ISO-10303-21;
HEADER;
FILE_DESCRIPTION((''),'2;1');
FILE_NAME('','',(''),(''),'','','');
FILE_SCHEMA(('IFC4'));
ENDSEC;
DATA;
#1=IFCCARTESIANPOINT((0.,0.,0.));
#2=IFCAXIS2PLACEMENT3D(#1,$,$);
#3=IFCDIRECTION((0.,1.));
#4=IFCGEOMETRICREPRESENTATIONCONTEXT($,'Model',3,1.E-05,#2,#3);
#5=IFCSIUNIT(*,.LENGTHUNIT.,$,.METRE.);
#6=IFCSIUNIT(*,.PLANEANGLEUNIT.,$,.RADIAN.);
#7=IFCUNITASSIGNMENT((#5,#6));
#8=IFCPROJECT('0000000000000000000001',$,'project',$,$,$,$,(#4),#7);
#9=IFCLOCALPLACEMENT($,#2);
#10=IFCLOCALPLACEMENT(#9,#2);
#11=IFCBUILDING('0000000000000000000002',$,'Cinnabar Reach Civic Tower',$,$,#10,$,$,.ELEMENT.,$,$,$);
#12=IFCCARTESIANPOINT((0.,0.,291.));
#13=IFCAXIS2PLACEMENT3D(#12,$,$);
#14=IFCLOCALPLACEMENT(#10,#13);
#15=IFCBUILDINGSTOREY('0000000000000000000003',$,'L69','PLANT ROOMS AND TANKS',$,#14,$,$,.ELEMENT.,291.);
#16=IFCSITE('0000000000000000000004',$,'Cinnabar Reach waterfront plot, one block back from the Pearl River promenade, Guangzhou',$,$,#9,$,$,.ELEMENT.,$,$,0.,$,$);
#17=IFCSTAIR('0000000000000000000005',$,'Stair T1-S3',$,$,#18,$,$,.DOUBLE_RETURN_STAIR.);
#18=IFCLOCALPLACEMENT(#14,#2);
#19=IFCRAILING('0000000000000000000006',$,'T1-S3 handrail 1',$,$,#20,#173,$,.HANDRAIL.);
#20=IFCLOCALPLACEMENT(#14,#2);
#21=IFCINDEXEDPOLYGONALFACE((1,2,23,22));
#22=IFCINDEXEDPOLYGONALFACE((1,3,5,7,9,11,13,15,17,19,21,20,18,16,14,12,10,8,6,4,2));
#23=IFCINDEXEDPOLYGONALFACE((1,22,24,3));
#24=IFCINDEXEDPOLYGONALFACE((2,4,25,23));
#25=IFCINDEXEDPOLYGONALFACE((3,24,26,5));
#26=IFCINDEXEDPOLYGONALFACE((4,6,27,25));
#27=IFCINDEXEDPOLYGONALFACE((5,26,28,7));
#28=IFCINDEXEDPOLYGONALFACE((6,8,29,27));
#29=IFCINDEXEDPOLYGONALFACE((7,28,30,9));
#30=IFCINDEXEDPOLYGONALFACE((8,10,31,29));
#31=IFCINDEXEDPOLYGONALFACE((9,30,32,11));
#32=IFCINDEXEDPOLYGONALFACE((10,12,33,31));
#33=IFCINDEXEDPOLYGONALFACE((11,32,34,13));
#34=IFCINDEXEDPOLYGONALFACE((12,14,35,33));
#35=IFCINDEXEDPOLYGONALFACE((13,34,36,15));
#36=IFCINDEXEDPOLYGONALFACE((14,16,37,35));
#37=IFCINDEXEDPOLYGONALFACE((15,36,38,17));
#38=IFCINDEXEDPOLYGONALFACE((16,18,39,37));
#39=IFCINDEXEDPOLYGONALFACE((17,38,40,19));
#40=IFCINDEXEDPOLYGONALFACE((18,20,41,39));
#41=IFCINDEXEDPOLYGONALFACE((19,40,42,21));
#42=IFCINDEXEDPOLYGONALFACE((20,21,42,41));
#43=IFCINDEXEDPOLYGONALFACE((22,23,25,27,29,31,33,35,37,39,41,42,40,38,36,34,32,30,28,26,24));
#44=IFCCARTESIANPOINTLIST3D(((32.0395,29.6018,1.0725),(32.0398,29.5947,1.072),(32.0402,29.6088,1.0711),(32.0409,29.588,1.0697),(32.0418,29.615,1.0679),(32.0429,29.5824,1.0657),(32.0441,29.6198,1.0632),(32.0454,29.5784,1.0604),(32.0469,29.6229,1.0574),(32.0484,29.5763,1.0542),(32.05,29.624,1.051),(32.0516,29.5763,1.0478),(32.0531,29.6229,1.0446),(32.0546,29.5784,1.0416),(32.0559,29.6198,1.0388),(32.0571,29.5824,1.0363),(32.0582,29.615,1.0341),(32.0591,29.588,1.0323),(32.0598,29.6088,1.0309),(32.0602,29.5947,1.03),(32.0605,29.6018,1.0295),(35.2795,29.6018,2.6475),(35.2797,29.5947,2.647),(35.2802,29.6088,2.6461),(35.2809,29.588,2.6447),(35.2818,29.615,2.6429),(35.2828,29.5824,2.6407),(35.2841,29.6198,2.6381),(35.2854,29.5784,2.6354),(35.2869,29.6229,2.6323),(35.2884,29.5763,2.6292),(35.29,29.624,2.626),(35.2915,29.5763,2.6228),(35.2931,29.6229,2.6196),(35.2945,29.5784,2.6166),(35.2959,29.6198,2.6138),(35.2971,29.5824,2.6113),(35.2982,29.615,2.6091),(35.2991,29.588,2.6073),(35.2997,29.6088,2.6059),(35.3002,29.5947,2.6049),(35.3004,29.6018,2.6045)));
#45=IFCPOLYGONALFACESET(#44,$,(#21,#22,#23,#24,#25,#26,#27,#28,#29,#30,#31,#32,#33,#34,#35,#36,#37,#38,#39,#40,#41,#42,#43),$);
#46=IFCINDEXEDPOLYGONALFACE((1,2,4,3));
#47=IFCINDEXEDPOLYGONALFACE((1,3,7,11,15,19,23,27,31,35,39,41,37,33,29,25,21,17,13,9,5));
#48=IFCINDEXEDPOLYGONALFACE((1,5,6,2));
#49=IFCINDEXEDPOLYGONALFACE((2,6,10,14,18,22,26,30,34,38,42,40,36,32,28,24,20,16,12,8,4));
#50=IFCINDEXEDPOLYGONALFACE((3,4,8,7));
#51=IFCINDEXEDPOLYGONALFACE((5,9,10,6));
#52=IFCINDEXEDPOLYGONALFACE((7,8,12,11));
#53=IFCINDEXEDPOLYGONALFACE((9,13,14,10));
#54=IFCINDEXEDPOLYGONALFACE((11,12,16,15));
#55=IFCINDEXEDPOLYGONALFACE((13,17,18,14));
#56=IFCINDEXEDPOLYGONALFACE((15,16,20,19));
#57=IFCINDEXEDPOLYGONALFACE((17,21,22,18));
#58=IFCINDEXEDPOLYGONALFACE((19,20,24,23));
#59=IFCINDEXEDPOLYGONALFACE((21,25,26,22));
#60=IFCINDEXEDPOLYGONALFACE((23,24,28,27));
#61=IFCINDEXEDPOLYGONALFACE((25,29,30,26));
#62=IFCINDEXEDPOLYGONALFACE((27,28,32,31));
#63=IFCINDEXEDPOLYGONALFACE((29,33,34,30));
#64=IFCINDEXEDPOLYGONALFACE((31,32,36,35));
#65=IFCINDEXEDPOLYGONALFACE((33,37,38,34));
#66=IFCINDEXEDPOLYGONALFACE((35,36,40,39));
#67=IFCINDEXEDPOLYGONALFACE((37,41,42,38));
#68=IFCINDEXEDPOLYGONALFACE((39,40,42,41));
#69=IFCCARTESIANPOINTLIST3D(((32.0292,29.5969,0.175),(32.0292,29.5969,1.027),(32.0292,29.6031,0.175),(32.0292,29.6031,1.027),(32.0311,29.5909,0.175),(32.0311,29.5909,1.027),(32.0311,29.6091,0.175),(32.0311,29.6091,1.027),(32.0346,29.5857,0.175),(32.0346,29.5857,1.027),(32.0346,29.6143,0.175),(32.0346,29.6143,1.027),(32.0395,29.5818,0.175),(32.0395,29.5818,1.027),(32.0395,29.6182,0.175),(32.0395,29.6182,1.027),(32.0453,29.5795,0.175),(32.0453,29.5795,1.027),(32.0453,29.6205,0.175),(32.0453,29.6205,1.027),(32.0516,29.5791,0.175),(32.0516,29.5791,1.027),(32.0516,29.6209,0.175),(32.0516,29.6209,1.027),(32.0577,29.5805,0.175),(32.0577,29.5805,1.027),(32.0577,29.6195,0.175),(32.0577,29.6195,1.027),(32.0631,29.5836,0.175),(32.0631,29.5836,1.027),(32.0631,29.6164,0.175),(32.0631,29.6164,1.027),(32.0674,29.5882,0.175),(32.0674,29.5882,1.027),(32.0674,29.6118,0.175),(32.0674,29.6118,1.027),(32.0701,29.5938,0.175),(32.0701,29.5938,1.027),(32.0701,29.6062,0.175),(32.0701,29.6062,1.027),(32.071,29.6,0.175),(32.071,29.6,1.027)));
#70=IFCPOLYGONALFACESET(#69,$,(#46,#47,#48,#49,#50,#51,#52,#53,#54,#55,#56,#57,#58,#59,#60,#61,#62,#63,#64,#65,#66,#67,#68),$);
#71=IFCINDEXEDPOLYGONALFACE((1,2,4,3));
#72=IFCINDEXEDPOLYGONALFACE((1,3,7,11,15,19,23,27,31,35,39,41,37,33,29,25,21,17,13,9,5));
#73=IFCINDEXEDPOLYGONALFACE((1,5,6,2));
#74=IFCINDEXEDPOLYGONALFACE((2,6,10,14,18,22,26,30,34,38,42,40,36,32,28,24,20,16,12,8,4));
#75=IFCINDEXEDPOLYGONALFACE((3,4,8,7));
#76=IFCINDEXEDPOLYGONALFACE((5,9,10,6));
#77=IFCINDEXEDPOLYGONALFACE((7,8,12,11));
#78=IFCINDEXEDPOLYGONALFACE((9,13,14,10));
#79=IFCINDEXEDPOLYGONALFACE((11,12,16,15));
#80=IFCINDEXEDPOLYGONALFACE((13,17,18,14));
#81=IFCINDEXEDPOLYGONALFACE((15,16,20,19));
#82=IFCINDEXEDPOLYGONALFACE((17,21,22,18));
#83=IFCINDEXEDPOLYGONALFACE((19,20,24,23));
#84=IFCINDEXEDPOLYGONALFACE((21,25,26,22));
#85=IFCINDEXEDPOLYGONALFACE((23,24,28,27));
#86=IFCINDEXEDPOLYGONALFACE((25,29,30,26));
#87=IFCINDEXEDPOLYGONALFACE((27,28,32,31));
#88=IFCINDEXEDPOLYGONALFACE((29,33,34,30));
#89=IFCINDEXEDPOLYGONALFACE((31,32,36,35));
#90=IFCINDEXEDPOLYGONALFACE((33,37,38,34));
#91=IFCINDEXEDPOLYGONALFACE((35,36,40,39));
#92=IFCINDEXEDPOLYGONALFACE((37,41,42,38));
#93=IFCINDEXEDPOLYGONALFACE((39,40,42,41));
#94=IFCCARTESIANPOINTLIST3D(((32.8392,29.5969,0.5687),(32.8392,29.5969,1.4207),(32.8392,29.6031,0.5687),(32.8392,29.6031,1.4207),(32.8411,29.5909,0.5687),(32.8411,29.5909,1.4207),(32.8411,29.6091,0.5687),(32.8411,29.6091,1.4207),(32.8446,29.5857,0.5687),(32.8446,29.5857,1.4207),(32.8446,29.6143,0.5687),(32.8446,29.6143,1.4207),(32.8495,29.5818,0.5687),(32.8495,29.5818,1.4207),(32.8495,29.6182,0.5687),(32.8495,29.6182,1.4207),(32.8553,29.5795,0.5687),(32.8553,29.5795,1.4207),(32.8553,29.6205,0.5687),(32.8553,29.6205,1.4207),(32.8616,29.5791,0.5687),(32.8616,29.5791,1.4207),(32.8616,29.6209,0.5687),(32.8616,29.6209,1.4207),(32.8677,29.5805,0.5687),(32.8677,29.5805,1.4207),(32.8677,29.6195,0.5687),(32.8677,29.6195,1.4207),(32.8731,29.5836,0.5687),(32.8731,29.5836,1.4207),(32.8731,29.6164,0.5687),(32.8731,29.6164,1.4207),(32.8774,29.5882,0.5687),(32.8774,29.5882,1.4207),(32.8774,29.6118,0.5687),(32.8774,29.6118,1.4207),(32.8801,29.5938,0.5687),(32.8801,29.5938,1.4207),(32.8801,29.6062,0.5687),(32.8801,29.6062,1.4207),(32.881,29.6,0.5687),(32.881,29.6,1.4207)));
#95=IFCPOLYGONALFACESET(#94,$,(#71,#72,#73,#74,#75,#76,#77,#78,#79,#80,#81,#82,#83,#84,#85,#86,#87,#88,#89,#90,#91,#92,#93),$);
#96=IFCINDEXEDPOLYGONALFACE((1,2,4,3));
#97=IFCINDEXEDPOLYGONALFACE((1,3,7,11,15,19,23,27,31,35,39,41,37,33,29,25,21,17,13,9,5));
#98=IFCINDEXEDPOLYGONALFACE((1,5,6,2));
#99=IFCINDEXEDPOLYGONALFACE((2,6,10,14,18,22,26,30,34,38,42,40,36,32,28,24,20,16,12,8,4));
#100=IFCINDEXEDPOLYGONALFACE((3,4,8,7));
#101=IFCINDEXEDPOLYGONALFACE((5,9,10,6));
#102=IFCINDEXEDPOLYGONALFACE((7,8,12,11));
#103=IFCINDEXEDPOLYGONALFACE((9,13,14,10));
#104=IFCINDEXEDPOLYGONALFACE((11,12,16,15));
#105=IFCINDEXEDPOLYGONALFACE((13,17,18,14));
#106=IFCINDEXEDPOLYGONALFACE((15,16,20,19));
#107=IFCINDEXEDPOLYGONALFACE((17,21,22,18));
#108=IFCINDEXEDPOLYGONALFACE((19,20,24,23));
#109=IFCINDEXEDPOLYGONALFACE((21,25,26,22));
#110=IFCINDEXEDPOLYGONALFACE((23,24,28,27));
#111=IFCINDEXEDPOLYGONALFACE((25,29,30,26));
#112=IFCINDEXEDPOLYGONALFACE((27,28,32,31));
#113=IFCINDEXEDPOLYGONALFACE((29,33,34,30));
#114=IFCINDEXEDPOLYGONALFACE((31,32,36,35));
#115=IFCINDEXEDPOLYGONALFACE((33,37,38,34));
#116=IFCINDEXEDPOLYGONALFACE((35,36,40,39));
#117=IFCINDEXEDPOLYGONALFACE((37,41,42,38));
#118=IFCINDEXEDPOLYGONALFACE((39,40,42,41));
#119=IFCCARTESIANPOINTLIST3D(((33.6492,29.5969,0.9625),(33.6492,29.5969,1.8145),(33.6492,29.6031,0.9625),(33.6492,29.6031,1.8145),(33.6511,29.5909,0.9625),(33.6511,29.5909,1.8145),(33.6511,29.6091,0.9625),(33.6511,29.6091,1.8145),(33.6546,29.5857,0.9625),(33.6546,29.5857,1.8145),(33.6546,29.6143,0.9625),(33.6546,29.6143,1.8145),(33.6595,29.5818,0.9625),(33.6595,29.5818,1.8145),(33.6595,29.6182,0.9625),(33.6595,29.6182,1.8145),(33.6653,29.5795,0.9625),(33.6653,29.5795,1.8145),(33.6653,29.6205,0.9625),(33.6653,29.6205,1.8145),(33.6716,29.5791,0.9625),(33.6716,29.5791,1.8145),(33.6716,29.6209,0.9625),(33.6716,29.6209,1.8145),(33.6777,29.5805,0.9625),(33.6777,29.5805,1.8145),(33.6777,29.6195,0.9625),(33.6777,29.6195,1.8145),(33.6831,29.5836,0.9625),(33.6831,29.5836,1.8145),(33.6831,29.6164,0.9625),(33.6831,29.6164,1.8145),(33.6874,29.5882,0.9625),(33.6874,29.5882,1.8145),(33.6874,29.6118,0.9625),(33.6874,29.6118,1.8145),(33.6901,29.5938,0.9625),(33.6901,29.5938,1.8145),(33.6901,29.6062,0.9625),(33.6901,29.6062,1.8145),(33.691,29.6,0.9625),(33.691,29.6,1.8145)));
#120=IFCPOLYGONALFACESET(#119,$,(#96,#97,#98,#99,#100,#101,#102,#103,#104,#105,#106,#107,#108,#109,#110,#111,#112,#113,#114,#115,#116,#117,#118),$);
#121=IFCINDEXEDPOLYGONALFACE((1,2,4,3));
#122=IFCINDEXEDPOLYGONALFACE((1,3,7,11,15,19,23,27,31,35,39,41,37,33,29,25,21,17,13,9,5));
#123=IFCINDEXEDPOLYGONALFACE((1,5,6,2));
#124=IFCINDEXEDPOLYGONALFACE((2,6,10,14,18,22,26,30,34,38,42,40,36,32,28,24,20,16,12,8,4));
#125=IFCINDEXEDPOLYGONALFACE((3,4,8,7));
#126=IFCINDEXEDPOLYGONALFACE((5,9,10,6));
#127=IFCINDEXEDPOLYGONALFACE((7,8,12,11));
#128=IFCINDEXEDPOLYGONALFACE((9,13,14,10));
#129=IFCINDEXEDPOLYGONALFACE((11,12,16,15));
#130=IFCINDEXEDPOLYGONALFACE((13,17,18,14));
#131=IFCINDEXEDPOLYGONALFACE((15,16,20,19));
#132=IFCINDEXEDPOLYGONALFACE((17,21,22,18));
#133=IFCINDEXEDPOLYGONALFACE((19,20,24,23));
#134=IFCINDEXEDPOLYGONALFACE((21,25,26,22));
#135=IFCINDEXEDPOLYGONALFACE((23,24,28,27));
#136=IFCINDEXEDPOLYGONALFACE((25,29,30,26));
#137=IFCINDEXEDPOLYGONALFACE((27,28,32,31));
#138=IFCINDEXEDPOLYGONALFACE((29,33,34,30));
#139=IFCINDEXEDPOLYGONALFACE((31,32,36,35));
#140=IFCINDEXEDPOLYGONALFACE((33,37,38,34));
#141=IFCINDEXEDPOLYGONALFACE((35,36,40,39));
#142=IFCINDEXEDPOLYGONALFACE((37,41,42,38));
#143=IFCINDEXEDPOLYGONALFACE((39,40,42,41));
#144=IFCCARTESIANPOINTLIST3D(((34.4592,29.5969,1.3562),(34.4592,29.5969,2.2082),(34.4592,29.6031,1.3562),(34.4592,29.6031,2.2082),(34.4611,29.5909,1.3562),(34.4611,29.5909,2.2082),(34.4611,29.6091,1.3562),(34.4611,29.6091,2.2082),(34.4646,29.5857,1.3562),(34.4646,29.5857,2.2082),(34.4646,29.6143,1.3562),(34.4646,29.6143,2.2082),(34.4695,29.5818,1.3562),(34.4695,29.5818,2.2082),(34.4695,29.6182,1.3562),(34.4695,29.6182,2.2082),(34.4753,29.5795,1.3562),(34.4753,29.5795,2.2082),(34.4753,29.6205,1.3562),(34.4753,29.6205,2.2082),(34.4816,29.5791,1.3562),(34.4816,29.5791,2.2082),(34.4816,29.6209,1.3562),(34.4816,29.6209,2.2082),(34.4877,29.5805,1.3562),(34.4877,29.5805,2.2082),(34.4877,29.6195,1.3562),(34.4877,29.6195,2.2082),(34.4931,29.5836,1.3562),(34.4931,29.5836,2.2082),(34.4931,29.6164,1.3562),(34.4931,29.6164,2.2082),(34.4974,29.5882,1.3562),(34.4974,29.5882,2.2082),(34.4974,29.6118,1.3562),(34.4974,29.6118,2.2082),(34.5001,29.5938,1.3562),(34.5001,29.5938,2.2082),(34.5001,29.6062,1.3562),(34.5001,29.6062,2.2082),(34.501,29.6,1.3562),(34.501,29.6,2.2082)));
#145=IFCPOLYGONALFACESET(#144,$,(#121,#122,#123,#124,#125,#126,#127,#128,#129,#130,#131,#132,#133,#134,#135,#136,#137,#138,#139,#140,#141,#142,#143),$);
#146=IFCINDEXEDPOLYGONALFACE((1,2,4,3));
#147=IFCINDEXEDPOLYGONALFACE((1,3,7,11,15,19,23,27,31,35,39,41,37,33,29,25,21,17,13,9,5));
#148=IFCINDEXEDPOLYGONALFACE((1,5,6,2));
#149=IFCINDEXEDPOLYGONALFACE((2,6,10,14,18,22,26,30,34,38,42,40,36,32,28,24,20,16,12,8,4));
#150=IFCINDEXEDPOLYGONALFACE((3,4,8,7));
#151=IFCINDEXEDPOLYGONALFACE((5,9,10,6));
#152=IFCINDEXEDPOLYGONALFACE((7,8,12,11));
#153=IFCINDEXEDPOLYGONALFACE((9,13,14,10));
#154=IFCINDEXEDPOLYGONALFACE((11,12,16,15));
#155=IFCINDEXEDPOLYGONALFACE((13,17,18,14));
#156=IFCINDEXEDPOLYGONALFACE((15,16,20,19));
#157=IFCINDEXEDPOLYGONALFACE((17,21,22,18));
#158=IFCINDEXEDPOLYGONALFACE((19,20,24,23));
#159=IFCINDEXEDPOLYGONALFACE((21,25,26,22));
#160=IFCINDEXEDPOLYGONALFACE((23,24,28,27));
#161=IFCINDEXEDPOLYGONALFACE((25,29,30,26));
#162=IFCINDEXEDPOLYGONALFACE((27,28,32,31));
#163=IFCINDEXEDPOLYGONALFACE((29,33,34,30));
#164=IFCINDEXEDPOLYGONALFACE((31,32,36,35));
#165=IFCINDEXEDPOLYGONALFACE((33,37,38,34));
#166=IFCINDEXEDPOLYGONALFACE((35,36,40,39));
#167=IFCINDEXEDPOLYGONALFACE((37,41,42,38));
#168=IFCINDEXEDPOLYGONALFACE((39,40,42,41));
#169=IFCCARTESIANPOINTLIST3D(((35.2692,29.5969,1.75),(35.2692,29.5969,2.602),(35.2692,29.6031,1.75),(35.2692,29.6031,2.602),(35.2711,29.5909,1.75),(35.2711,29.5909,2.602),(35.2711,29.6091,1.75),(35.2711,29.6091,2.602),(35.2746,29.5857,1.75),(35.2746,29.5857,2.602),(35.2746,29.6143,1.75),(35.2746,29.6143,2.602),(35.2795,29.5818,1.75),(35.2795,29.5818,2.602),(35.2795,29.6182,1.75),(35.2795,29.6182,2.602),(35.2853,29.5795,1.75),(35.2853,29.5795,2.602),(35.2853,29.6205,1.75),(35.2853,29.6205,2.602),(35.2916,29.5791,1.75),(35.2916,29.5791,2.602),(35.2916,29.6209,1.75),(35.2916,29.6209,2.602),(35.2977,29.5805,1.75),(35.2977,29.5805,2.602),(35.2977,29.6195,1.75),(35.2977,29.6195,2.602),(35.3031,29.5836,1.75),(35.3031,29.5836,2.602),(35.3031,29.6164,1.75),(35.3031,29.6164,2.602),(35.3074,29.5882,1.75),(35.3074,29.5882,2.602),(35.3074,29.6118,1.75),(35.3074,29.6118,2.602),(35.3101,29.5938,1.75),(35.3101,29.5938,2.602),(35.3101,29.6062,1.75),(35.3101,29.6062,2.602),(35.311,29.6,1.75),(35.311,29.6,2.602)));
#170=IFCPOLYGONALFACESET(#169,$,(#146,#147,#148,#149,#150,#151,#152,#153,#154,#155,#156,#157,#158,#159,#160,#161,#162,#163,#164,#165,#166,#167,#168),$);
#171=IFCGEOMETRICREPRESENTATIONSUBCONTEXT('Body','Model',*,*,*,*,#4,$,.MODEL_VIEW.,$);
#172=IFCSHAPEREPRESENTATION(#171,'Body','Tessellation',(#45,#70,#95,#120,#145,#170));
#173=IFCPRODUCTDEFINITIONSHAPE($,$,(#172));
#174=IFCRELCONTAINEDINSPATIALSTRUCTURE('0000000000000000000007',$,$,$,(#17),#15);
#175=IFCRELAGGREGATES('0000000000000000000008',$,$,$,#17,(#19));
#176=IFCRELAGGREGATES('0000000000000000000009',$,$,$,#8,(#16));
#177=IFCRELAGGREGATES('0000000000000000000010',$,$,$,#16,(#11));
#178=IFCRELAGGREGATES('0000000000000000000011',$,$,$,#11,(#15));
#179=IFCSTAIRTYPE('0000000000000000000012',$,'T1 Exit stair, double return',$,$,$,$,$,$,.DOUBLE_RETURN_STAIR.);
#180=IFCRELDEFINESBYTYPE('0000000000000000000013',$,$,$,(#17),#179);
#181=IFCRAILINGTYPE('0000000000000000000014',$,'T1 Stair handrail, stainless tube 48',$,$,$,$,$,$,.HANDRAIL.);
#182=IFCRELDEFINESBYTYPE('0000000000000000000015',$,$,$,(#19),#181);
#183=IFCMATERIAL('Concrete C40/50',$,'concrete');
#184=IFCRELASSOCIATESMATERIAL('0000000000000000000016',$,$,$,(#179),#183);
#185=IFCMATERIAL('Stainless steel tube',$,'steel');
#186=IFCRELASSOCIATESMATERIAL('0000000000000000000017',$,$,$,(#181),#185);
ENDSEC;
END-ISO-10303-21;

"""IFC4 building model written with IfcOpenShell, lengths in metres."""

from ifc_helpers import new_model, si_unit, direction, frame, origin, origin_2d, place, context, subcontext, project, spatial, circle, extrude, material, type_object, element, aggregate, save


model = new_model("IFC4")

# Units and contexts
model_context = context("Model", 3, precision=1e-05, world=origin(), true_north=direction((0.0, 1.0)))
body_context = subcontext(model_context, "Body", "Model", "MODEL_VIEW")
ifc_project = project(units=[si_unit("LENGTHUNIT", "METRE"), si_unit("PLANEANGLEUNIT", "RADIAN")], contexts=[model_context])

# Site, building, storey
site_placement = place(None, origin())
site = spatial("IfcSite", under=ifc_project, at=site_placement, Name="Cinnabar Reach waterfront plot, one block back from the Pearl River promenade, Guangzhou", CompositionType="ELEMENT", RefElevation=0.0)
building_placement = place(site_placement, origin())
building = spatial("IfcBuilding", under=site, at=building_placement, Name="Cinnabar Reach Civic Tower", CompositionType="ELEMENT")
storey_placement = place(building_placement, frame((0.0, 0.0, 291.0)))
storey = spatial("IfcBuildingStorey", under=building, at=storey_placement, Name="L69", Description="PLANT ROOMS AND TANKS", CompositionType="ELEMENT", Elevation=291.0)

# Stair, railing
ifc_material_1 = material(Name="Concrete C40/50", Category="concrete")
stair_type = type_object("IfcStairType", Name="T1 Exit stair, double return", PredefinedType="DOUBLE_RETURN_STAIR", material=ifc_material_1)
stair_placement = place(storey_placement, origin())
stair = element("IfcStair", 1, at=stair_placement, inside=storey, type_object=stair_type, Name="Stair T1-S3", PredefinedType="DOUBLE_RETURN_STAIR")
ifc_material_2 = material(Name="Stainless steel tube", Category="steel")
railing_type = type_object("IfcRailingType", Name="T1 Stair handrail, stainless tube 48", PredefinedType="HANDRAIL", material=ifc_material_2)
railing_1_placement = place(storey_placement, frame((32.05, 29.6, 0.175)))
railing_1 = element("IfcRailing", 2, at=railing_1_placement, type_object=railing_type, Name="T1-S3 handrail 1", PredefinedType="HANDRAIL", context=body_context, shape_type="SweptSolid", body=[
    extrude(circle(Radius=0.024, at=origin_2d()), frame((0.0, 0.0, 0.876), z_axis=(0.899368, 0.0, 0.437193), x_axis=(0.0, 1.0, 0.0)), (0.0, 0.0, 1.0), 3.6025),
    extrude(circle(Radius=0.021, at=origin_2d()), origin(), (0.0, 0.0, 1.0), 0.852),
    extrude(circle(Radius=0.021, at=origin_2d()), frame((0.81, 0.0, 0.3937)), (0.0, 0.0, 1.0), 0.852),
    extrude(circle(Radius=0.021, at=origin_2d()), frame((1.62, 0.0, 0.7875)), (0.0, 0.0, 1.0), 0.852),
    extrude(circle(Radius=0.021, at=origin_2d()), frame((2.43, 0.0, 1.1812)), (0.0, 0.0, 1.0), 0.852),
    extrude(circle(Radius=0.021, at=origin_2d()), frame((3.24, 0.0, 1.575)), (0.0, 0.0, 1.0), 0.852),
])
aggregate(stair, [railing_1])

save(model, "model.ifc")
